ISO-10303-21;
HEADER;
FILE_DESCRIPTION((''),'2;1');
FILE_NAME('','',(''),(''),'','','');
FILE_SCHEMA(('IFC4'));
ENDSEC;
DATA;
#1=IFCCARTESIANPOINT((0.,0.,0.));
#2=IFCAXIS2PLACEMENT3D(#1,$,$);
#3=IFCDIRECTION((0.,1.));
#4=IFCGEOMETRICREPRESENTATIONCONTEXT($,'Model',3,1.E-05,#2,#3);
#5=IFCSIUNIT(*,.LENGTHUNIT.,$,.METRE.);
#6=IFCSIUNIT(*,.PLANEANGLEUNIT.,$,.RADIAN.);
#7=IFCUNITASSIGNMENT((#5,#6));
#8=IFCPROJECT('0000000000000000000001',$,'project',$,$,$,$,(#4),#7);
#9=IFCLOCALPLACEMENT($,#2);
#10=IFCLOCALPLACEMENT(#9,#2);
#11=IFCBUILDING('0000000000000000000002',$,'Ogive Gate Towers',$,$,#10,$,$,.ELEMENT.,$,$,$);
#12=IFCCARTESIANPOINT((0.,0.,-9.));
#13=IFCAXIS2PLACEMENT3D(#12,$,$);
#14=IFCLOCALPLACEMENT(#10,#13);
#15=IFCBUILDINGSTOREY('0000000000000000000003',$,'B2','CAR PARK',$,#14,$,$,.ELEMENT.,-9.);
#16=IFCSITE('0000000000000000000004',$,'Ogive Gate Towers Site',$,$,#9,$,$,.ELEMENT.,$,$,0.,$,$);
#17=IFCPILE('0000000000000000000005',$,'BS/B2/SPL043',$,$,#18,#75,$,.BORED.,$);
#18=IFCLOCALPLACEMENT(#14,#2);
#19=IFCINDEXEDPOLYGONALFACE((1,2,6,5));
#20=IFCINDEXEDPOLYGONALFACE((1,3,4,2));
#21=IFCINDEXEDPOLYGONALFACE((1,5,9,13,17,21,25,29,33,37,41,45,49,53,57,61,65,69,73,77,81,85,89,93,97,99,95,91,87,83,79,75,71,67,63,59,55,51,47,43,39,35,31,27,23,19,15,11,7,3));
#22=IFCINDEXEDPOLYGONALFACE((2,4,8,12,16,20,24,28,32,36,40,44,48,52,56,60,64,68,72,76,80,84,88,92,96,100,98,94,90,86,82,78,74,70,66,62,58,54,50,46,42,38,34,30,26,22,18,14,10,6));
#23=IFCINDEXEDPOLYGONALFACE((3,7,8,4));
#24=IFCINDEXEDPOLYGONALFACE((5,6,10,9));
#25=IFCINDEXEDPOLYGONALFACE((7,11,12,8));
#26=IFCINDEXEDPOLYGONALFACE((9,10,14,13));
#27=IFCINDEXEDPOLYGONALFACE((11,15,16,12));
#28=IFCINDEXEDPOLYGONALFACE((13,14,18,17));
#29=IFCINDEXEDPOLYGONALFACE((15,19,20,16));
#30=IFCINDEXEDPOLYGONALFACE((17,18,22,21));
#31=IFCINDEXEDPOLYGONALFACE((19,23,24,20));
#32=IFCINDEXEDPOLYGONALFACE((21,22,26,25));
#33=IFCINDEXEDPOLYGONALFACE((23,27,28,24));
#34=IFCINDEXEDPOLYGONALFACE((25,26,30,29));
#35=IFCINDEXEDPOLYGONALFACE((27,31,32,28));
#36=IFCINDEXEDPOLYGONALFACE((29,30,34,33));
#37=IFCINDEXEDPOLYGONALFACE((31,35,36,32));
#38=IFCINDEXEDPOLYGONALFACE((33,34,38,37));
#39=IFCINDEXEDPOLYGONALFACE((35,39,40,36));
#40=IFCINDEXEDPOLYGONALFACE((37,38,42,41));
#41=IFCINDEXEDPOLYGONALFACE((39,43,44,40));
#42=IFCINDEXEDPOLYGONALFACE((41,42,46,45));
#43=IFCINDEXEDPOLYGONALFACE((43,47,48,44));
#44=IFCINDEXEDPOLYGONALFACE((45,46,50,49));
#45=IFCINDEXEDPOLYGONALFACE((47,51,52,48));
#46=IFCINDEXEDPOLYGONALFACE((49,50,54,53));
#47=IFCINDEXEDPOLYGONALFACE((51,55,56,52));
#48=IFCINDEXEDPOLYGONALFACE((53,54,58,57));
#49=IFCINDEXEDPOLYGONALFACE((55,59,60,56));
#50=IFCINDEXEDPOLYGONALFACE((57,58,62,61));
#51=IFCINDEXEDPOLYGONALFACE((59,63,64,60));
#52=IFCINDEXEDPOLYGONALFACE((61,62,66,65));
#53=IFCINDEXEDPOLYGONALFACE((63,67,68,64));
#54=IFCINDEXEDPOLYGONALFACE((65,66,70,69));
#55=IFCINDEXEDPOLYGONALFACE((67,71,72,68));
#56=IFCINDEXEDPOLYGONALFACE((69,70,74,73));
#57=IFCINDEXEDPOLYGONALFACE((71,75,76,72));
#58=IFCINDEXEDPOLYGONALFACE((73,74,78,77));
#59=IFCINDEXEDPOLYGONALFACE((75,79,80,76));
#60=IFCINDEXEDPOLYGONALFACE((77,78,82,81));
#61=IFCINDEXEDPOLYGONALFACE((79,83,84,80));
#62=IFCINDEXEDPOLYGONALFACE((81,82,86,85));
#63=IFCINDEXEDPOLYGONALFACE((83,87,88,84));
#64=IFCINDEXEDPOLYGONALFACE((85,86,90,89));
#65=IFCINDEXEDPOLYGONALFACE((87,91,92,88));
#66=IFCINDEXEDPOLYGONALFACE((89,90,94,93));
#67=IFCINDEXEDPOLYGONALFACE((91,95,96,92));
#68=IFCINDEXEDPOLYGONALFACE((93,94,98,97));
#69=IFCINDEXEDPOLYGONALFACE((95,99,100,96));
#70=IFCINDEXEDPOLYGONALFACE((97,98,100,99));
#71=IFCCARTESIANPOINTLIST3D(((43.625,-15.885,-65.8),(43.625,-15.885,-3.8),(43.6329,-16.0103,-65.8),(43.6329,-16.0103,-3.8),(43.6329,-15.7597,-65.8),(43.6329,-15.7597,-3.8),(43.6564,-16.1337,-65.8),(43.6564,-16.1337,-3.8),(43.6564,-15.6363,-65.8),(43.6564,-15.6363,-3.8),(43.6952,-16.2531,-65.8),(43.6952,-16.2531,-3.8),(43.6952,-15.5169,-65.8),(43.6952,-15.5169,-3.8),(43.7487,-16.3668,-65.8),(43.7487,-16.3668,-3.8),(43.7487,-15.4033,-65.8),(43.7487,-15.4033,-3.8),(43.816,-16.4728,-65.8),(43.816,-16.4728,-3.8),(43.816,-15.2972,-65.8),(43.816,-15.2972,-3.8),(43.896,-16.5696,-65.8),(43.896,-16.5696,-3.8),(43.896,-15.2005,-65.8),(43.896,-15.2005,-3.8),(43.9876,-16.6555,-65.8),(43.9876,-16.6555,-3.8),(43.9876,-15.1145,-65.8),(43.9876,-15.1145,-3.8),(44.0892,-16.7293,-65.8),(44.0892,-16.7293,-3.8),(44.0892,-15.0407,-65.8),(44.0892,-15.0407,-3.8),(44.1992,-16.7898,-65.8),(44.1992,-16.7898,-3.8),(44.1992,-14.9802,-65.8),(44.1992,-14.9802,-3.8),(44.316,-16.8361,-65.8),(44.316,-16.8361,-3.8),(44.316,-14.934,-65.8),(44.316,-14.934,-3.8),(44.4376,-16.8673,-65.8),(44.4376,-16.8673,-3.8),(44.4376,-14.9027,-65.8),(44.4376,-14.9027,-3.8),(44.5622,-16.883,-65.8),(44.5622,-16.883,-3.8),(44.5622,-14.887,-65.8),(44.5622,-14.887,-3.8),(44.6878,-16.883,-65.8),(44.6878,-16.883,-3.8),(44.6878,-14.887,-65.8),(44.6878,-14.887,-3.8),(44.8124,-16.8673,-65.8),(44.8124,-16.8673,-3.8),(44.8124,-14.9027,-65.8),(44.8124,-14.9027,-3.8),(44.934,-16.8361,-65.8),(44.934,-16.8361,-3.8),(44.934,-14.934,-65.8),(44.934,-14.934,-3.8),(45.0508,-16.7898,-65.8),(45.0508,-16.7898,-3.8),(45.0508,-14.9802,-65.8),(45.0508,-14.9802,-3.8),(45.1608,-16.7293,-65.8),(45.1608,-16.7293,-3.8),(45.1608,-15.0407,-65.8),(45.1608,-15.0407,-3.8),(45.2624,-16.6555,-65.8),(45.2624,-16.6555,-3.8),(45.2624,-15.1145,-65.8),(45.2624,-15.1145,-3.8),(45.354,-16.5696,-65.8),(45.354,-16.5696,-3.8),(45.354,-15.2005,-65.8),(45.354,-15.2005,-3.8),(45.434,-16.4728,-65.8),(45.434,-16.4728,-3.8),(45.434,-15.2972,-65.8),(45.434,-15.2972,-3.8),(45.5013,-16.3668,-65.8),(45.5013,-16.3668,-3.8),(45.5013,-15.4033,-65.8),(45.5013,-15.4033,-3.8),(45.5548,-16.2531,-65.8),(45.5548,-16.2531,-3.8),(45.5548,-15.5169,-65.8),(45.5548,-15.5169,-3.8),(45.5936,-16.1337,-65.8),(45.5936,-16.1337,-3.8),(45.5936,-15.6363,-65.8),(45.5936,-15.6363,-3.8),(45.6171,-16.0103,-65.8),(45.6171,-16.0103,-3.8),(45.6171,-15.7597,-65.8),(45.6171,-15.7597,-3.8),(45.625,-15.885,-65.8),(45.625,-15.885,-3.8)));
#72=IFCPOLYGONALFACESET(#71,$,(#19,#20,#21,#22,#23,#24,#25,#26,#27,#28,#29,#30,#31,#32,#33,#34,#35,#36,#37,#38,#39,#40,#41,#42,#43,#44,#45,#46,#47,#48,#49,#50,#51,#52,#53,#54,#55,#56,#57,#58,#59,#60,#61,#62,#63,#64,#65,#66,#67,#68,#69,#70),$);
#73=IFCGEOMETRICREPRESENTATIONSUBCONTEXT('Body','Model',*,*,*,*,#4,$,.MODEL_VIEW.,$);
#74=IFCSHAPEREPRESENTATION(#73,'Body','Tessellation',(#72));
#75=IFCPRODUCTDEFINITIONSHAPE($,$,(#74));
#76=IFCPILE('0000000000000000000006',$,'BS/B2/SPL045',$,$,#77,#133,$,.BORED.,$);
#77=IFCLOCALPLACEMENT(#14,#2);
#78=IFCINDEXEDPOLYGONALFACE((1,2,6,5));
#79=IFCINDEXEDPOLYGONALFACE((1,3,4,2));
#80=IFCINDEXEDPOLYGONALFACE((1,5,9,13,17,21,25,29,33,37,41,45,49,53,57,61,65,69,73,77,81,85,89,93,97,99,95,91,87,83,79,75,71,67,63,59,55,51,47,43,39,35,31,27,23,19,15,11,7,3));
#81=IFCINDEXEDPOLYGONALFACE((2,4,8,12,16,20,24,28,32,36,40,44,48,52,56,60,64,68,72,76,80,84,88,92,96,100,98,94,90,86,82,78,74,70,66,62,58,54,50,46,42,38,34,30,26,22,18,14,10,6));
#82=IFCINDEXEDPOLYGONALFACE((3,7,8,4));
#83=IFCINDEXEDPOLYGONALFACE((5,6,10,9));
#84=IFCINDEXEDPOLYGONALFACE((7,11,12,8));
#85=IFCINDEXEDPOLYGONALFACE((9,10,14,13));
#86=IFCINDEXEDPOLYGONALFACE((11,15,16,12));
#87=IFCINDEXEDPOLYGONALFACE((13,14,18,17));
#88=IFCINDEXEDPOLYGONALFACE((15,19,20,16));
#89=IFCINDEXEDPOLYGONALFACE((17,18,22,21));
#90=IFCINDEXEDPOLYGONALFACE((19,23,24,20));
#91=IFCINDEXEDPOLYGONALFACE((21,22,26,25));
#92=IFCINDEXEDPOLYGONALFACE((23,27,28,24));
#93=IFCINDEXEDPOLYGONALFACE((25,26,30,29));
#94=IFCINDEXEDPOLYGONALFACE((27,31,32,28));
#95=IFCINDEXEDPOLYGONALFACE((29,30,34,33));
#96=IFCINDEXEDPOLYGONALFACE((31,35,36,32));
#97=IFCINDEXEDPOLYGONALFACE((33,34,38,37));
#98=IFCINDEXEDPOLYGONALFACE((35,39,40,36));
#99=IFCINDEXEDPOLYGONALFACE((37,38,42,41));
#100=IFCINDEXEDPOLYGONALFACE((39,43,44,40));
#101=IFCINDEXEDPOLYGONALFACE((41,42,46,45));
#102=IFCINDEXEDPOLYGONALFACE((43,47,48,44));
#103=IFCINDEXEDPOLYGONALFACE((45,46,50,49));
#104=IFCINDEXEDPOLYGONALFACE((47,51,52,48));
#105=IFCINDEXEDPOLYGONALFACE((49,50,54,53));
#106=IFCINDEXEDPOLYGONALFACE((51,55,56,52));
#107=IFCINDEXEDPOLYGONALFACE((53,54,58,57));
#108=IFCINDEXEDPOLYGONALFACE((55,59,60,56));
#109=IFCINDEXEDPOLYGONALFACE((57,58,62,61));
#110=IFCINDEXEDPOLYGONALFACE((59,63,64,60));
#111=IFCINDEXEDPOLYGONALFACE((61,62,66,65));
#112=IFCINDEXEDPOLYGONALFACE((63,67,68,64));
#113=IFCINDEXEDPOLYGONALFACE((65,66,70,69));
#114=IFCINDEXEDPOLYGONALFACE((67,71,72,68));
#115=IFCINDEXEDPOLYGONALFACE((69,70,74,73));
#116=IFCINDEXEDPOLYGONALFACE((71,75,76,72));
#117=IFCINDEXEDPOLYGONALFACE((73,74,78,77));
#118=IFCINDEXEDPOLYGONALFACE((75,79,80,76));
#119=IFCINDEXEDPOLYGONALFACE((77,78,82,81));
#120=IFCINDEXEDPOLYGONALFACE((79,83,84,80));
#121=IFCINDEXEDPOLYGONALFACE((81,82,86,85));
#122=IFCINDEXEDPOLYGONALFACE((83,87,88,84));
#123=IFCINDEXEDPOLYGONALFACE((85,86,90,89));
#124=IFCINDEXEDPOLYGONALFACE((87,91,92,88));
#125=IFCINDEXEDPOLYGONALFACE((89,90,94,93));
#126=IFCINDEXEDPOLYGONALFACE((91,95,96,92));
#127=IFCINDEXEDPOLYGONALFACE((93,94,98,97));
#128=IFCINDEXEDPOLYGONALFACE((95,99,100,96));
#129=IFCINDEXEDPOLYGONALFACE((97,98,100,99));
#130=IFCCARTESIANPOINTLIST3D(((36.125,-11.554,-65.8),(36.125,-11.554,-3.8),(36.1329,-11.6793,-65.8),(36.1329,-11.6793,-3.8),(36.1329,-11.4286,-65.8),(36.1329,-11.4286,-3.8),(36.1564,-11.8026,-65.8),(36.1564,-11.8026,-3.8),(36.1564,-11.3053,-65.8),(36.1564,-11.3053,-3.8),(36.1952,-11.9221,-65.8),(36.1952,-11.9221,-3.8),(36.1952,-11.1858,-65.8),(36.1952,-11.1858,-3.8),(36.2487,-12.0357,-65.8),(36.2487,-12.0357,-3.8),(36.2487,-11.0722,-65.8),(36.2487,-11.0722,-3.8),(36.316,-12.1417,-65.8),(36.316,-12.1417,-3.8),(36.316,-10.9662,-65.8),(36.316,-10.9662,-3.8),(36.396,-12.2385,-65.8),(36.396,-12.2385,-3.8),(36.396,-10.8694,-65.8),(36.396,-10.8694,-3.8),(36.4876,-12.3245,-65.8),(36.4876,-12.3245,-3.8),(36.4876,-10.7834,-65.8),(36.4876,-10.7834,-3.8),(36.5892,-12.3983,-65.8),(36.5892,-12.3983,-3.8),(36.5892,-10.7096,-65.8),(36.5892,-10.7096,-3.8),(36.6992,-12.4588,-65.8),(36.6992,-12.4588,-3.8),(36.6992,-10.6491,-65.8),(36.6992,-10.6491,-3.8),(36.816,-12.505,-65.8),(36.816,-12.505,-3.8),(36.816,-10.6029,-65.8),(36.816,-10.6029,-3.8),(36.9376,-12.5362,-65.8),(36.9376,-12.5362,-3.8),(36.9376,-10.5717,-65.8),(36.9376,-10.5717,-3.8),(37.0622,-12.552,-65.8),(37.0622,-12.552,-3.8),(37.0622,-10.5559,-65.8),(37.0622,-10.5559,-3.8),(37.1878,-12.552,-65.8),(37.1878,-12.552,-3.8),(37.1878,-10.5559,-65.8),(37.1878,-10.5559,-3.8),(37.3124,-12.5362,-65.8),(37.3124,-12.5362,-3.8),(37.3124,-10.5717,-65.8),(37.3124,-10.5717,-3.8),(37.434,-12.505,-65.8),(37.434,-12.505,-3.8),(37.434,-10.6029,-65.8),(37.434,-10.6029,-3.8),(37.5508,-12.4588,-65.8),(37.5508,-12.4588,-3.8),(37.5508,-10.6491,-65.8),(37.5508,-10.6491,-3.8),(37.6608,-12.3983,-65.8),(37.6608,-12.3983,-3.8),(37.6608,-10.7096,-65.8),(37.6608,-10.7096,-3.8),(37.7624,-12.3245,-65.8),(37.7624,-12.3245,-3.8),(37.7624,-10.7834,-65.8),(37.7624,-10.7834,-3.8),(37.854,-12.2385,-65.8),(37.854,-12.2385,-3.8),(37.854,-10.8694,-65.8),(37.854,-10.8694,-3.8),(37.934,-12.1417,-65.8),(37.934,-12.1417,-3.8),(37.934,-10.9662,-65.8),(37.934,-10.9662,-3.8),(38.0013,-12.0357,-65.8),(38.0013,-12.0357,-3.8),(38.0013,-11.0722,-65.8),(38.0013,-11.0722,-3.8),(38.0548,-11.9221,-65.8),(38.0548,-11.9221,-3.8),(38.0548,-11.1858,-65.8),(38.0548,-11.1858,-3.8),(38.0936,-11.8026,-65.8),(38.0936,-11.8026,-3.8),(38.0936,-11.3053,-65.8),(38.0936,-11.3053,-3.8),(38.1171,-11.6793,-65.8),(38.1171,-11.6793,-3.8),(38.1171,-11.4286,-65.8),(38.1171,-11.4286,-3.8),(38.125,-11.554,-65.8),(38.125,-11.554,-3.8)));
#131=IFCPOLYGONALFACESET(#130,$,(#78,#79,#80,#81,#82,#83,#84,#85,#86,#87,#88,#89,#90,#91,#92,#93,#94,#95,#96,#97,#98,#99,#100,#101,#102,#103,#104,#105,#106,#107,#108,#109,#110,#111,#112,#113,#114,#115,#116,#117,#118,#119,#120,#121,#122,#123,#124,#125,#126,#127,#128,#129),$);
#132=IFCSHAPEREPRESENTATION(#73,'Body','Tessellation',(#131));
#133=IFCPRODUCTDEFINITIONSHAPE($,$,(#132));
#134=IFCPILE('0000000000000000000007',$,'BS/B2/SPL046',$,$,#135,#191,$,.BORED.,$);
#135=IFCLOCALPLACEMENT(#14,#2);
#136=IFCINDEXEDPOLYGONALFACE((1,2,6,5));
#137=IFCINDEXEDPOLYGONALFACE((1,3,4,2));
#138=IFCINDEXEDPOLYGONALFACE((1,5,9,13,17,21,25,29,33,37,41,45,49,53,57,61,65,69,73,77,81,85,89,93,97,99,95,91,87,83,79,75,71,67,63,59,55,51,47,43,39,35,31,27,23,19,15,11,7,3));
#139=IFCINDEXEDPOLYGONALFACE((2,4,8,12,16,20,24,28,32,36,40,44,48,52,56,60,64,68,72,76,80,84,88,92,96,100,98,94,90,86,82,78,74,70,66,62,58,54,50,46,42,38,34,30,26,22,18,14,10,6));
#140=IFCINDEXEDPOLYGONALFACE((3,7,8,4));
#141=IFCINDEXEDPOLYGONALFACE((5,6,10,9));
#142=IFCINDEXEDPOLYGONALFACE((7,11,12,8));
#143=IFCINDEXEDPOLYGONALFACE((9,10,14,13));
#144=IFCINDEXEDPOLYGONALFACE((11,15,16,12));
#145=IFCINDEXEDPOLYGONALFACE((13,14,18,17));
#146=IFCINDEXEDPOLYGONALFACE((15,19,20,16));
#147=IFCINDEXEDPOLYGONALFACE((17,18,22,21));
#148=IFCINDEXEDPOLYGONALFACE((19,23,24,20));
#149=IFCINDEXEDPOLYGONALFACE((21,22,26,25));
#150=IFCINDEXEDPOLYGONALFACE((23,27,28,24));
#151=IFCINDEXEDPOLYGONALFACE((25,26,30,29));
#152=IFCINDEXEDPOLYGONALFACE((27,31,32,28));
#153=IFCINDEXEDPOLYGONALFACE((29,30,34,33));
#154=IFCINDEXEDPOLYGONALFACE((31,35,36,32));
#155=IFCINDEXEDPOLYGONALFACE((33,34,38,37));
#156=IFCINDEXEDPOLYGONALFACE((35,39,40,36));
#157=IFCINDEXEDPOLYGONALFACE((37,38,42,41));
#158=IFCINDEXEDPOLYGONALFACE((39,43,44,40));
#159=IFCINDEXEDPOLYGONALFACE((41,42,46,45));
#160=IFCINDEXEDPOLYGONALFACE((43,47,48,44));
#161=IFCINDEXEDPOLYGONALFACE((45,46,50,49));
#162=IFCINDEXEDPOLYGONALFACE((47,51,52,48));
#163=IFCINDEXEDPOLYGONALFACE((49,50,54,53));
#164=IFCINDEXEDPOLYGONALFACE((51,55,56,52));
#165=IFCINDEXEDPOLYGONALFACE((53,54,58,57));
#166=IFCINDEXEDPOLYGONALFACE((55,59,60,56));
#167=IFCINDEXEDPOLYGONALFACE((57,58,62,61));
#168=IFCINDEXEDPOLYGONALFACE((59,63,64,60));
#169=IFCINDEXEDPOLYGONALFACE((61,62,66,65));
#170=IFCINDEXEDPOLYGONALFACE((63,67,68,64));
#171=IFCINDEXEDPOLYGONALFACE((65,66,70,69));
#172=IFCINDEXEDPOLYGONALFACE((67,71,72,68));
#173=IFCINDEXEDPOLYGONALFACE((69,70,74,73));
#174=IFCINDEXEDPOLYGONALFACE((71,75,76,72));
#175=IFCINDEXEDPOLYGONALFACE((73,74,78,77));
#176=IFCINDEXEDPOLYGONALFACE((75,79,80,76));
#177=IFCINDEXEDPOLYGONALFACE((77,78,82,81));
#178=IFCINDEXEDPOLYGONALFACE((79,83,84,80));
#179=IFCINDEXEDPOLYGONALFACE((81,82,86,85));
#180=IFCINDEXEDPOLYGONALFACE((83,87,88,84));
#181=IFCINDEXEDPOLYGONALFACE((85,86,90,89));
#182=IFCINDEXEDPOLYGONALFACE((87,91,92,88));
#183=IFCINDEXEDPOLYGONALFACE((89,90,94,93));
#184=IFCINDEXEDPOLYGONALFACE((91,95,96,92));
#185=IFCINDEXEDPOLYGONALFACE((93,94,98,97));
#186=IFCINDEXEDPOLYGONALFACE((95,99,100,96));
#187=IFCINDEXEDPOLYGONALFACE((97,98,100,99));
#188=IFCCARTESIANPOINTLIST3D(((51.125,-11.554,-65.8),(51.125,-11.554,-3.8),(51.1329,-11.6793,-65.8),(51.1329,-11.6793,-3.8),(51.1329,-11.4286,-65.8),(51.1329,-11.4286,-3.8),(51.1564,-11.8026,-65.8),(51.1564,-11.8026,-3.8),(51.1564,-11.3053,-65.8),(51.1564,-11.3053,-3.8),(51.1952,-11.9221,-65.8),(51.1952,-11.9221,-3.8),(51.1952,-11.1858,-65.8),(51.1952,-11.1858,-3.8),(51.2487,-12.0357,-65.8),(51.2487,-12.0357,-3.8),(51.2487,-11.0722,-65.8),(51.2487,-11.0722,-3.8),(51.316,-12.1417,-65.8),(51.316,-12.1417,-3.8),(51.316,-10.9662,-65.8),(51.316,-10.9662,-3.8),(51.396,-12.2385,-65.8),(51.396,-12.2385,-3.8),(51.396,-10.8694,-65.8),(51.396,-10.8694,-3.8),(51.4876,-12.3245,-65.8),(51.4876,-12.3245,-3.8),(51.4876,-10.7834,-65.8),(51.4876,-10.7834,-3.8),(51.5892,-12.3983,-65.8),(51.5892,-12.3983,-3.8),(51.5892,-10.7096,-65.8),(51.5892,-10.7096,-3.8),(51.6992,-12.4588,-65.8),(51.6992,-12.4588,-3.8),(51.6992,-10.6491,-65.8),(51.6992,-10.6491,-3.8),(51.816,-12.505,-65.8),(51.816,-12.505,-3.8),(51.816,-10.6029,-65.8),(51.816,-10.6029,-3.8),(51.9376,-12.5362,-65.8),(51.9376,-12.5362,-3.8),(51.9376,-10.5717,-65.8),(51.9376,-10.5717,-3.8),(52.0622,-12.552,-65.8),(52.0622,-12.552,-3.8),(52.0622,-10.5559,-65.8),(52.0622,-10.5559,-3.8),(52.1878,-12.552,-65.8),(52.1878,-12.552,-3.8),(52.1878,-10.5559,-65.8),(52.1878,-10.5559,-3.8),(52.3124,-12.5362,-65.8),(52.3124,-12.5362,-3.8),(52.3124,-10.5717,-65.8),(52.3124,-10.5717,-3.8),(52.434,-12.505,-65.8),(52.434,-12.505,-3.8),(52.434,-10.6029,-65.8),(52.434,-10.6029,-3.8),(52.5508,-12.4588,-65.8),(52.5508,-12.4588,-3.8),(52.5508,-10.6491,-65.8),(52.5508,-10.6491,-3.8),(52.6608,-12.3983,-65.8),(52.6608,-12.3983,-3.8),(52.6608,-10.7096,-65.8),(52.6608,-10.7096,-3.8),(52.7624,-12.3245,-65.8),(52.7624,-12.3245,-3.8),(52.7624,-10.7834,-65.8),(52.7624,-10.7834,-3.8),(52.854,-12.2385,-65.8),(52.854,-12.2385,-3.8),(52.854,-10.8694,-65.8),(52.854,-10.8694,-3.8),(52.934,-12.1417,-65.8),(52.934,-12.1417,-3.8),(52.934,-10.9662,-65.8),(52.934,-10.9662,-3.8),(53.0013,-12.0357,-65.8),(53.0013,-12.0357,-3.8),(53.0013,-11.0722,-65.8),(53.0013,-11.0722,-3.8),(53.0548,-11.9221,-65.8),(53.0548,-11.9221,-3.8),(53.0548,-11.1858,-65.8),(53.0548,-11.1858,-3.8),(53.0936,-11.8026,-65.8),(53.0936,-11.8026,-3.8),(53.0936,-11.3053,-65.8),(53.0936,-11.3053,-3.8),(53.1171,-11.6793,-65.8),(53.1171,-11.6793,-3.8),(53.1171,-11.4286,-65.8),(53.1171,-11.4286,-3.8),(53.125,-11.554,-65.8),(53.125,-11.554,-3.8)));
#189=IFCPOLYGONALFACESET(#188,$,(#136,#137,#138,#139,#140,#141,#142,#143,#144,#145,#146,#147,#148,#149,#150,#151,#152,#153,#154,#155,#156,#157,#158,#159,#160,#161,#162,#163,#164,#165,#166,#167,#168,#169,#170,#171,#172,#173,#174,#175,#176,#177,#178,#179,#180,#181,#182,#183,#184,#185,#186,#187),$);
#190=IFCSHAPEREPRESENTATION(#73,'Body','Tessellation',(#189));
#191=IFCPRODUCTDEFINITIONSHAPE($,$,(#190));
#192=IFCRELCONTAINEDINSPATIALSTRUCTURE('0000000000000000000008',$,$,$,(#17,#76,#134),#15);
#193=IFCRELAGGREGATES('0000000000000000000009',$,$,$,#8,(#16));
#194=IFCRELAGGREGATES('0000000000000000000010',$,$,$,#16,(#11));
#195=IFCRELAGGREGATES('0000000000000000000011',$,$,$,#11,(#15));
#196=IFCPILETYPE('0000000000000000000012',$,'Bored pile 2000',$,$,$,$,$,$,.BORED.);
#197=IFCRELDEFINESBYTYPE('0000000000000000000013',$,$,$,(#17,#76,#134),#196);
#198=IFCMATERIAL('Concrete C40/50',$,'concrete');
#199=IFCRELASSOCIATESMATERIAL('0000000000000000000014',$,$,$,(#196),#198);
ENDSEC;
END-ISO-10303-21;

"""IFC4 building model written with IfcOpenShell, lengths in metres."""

from ifc_helpers import new_model, si_unit, direction, frame, origin, origin_2d, place, context, subcontext, project, spatial, circle, extrude, material, material_profile, profile_set, type_object, element, save


model = new_model("IFC4")

# Units and contexts
model_context = context("Model", 3, precision=1e-05, world=origin(), true_north=direction((0.0, 1.0)))
body_context = subcontext(model_context, "Body", "Model", "MODEL_VIEW")
ifc_project = project(units=[si_unit("LENGTHUNIT", "METRE"), si_unit("PLANEANGLEUNIT", "RADIAN")], contexts=[model_context])

# Site, building, storey
site_placement = place(None, origin())
site = spatial("IfcSite", under=ifc_project, at=site_placement, Name="Ogive Gate Towers Site", CompositionType="ELEMENT", RefElevation=0.0)
building_placement = place(site_placement, origin())
building = spatial("IfcBuilding", under=site, at=building_placement, Name="Ogive Gate Towers", CompositionType="ELEMENT")
storey_placement = place(building_placement, frame((0.0, 0.0, -9.0)))
storey = spatial("IfcBuildingStorey", under=building, at=storey_placement, Name="B2", Description="CAR PARK", CompositionType="ELEMENT", Elevation=-9.0)

# Piles
ifc_material_1 = material(Name="Concrete C40/50", Category="concrete")
ifc_material_profile_1 = material_profile(ifc_material_1, circle(Radius=1.0, at=origin_2d()), Name="BP 2000")
ifc_profile_set_1 = profile_set([ifc_material_profile_1], Name="Concrete C40/50")
pile_type = type_object("IfcPileType", Name="Bored pile 2000", PredefinedType="BORED", material=ifc_profile_set_1)
for number, where, z_axis, x_axis, name in (
    (1, (44.625, -15.885, -3.8), (0.0, 0.0, -1.0), (1.0, 0.0, 0.0), "BS/B2/SPL043"),
    (2, (37.125, -11.554, -3.8), (0.0, 0.0, -1.0), (1.0, 0.0, 0.0), "BS/B2/SPL045"),
    (3, (52.125, -11.554, -3.8), (0.0, 0.0, -1.0), (1.0, 0.0, 0.0), "BS/B2/SPL046"),
):
    element("IfcPile", number, at=place(storey_placement, frame(where, z_axis=z_axis, x_axis=x_axis)), inside=storey, type_object=pile_type, Name=name, PredefinedType="BORED", context=body_context, shape_type="SweptSolid", body=[
        extrude(circle(Radius=1.0, at=origin_2d()), origin(), (0.0, 0.0, 1.0), 62.0),
    ])

save(model, "model.ifc")
